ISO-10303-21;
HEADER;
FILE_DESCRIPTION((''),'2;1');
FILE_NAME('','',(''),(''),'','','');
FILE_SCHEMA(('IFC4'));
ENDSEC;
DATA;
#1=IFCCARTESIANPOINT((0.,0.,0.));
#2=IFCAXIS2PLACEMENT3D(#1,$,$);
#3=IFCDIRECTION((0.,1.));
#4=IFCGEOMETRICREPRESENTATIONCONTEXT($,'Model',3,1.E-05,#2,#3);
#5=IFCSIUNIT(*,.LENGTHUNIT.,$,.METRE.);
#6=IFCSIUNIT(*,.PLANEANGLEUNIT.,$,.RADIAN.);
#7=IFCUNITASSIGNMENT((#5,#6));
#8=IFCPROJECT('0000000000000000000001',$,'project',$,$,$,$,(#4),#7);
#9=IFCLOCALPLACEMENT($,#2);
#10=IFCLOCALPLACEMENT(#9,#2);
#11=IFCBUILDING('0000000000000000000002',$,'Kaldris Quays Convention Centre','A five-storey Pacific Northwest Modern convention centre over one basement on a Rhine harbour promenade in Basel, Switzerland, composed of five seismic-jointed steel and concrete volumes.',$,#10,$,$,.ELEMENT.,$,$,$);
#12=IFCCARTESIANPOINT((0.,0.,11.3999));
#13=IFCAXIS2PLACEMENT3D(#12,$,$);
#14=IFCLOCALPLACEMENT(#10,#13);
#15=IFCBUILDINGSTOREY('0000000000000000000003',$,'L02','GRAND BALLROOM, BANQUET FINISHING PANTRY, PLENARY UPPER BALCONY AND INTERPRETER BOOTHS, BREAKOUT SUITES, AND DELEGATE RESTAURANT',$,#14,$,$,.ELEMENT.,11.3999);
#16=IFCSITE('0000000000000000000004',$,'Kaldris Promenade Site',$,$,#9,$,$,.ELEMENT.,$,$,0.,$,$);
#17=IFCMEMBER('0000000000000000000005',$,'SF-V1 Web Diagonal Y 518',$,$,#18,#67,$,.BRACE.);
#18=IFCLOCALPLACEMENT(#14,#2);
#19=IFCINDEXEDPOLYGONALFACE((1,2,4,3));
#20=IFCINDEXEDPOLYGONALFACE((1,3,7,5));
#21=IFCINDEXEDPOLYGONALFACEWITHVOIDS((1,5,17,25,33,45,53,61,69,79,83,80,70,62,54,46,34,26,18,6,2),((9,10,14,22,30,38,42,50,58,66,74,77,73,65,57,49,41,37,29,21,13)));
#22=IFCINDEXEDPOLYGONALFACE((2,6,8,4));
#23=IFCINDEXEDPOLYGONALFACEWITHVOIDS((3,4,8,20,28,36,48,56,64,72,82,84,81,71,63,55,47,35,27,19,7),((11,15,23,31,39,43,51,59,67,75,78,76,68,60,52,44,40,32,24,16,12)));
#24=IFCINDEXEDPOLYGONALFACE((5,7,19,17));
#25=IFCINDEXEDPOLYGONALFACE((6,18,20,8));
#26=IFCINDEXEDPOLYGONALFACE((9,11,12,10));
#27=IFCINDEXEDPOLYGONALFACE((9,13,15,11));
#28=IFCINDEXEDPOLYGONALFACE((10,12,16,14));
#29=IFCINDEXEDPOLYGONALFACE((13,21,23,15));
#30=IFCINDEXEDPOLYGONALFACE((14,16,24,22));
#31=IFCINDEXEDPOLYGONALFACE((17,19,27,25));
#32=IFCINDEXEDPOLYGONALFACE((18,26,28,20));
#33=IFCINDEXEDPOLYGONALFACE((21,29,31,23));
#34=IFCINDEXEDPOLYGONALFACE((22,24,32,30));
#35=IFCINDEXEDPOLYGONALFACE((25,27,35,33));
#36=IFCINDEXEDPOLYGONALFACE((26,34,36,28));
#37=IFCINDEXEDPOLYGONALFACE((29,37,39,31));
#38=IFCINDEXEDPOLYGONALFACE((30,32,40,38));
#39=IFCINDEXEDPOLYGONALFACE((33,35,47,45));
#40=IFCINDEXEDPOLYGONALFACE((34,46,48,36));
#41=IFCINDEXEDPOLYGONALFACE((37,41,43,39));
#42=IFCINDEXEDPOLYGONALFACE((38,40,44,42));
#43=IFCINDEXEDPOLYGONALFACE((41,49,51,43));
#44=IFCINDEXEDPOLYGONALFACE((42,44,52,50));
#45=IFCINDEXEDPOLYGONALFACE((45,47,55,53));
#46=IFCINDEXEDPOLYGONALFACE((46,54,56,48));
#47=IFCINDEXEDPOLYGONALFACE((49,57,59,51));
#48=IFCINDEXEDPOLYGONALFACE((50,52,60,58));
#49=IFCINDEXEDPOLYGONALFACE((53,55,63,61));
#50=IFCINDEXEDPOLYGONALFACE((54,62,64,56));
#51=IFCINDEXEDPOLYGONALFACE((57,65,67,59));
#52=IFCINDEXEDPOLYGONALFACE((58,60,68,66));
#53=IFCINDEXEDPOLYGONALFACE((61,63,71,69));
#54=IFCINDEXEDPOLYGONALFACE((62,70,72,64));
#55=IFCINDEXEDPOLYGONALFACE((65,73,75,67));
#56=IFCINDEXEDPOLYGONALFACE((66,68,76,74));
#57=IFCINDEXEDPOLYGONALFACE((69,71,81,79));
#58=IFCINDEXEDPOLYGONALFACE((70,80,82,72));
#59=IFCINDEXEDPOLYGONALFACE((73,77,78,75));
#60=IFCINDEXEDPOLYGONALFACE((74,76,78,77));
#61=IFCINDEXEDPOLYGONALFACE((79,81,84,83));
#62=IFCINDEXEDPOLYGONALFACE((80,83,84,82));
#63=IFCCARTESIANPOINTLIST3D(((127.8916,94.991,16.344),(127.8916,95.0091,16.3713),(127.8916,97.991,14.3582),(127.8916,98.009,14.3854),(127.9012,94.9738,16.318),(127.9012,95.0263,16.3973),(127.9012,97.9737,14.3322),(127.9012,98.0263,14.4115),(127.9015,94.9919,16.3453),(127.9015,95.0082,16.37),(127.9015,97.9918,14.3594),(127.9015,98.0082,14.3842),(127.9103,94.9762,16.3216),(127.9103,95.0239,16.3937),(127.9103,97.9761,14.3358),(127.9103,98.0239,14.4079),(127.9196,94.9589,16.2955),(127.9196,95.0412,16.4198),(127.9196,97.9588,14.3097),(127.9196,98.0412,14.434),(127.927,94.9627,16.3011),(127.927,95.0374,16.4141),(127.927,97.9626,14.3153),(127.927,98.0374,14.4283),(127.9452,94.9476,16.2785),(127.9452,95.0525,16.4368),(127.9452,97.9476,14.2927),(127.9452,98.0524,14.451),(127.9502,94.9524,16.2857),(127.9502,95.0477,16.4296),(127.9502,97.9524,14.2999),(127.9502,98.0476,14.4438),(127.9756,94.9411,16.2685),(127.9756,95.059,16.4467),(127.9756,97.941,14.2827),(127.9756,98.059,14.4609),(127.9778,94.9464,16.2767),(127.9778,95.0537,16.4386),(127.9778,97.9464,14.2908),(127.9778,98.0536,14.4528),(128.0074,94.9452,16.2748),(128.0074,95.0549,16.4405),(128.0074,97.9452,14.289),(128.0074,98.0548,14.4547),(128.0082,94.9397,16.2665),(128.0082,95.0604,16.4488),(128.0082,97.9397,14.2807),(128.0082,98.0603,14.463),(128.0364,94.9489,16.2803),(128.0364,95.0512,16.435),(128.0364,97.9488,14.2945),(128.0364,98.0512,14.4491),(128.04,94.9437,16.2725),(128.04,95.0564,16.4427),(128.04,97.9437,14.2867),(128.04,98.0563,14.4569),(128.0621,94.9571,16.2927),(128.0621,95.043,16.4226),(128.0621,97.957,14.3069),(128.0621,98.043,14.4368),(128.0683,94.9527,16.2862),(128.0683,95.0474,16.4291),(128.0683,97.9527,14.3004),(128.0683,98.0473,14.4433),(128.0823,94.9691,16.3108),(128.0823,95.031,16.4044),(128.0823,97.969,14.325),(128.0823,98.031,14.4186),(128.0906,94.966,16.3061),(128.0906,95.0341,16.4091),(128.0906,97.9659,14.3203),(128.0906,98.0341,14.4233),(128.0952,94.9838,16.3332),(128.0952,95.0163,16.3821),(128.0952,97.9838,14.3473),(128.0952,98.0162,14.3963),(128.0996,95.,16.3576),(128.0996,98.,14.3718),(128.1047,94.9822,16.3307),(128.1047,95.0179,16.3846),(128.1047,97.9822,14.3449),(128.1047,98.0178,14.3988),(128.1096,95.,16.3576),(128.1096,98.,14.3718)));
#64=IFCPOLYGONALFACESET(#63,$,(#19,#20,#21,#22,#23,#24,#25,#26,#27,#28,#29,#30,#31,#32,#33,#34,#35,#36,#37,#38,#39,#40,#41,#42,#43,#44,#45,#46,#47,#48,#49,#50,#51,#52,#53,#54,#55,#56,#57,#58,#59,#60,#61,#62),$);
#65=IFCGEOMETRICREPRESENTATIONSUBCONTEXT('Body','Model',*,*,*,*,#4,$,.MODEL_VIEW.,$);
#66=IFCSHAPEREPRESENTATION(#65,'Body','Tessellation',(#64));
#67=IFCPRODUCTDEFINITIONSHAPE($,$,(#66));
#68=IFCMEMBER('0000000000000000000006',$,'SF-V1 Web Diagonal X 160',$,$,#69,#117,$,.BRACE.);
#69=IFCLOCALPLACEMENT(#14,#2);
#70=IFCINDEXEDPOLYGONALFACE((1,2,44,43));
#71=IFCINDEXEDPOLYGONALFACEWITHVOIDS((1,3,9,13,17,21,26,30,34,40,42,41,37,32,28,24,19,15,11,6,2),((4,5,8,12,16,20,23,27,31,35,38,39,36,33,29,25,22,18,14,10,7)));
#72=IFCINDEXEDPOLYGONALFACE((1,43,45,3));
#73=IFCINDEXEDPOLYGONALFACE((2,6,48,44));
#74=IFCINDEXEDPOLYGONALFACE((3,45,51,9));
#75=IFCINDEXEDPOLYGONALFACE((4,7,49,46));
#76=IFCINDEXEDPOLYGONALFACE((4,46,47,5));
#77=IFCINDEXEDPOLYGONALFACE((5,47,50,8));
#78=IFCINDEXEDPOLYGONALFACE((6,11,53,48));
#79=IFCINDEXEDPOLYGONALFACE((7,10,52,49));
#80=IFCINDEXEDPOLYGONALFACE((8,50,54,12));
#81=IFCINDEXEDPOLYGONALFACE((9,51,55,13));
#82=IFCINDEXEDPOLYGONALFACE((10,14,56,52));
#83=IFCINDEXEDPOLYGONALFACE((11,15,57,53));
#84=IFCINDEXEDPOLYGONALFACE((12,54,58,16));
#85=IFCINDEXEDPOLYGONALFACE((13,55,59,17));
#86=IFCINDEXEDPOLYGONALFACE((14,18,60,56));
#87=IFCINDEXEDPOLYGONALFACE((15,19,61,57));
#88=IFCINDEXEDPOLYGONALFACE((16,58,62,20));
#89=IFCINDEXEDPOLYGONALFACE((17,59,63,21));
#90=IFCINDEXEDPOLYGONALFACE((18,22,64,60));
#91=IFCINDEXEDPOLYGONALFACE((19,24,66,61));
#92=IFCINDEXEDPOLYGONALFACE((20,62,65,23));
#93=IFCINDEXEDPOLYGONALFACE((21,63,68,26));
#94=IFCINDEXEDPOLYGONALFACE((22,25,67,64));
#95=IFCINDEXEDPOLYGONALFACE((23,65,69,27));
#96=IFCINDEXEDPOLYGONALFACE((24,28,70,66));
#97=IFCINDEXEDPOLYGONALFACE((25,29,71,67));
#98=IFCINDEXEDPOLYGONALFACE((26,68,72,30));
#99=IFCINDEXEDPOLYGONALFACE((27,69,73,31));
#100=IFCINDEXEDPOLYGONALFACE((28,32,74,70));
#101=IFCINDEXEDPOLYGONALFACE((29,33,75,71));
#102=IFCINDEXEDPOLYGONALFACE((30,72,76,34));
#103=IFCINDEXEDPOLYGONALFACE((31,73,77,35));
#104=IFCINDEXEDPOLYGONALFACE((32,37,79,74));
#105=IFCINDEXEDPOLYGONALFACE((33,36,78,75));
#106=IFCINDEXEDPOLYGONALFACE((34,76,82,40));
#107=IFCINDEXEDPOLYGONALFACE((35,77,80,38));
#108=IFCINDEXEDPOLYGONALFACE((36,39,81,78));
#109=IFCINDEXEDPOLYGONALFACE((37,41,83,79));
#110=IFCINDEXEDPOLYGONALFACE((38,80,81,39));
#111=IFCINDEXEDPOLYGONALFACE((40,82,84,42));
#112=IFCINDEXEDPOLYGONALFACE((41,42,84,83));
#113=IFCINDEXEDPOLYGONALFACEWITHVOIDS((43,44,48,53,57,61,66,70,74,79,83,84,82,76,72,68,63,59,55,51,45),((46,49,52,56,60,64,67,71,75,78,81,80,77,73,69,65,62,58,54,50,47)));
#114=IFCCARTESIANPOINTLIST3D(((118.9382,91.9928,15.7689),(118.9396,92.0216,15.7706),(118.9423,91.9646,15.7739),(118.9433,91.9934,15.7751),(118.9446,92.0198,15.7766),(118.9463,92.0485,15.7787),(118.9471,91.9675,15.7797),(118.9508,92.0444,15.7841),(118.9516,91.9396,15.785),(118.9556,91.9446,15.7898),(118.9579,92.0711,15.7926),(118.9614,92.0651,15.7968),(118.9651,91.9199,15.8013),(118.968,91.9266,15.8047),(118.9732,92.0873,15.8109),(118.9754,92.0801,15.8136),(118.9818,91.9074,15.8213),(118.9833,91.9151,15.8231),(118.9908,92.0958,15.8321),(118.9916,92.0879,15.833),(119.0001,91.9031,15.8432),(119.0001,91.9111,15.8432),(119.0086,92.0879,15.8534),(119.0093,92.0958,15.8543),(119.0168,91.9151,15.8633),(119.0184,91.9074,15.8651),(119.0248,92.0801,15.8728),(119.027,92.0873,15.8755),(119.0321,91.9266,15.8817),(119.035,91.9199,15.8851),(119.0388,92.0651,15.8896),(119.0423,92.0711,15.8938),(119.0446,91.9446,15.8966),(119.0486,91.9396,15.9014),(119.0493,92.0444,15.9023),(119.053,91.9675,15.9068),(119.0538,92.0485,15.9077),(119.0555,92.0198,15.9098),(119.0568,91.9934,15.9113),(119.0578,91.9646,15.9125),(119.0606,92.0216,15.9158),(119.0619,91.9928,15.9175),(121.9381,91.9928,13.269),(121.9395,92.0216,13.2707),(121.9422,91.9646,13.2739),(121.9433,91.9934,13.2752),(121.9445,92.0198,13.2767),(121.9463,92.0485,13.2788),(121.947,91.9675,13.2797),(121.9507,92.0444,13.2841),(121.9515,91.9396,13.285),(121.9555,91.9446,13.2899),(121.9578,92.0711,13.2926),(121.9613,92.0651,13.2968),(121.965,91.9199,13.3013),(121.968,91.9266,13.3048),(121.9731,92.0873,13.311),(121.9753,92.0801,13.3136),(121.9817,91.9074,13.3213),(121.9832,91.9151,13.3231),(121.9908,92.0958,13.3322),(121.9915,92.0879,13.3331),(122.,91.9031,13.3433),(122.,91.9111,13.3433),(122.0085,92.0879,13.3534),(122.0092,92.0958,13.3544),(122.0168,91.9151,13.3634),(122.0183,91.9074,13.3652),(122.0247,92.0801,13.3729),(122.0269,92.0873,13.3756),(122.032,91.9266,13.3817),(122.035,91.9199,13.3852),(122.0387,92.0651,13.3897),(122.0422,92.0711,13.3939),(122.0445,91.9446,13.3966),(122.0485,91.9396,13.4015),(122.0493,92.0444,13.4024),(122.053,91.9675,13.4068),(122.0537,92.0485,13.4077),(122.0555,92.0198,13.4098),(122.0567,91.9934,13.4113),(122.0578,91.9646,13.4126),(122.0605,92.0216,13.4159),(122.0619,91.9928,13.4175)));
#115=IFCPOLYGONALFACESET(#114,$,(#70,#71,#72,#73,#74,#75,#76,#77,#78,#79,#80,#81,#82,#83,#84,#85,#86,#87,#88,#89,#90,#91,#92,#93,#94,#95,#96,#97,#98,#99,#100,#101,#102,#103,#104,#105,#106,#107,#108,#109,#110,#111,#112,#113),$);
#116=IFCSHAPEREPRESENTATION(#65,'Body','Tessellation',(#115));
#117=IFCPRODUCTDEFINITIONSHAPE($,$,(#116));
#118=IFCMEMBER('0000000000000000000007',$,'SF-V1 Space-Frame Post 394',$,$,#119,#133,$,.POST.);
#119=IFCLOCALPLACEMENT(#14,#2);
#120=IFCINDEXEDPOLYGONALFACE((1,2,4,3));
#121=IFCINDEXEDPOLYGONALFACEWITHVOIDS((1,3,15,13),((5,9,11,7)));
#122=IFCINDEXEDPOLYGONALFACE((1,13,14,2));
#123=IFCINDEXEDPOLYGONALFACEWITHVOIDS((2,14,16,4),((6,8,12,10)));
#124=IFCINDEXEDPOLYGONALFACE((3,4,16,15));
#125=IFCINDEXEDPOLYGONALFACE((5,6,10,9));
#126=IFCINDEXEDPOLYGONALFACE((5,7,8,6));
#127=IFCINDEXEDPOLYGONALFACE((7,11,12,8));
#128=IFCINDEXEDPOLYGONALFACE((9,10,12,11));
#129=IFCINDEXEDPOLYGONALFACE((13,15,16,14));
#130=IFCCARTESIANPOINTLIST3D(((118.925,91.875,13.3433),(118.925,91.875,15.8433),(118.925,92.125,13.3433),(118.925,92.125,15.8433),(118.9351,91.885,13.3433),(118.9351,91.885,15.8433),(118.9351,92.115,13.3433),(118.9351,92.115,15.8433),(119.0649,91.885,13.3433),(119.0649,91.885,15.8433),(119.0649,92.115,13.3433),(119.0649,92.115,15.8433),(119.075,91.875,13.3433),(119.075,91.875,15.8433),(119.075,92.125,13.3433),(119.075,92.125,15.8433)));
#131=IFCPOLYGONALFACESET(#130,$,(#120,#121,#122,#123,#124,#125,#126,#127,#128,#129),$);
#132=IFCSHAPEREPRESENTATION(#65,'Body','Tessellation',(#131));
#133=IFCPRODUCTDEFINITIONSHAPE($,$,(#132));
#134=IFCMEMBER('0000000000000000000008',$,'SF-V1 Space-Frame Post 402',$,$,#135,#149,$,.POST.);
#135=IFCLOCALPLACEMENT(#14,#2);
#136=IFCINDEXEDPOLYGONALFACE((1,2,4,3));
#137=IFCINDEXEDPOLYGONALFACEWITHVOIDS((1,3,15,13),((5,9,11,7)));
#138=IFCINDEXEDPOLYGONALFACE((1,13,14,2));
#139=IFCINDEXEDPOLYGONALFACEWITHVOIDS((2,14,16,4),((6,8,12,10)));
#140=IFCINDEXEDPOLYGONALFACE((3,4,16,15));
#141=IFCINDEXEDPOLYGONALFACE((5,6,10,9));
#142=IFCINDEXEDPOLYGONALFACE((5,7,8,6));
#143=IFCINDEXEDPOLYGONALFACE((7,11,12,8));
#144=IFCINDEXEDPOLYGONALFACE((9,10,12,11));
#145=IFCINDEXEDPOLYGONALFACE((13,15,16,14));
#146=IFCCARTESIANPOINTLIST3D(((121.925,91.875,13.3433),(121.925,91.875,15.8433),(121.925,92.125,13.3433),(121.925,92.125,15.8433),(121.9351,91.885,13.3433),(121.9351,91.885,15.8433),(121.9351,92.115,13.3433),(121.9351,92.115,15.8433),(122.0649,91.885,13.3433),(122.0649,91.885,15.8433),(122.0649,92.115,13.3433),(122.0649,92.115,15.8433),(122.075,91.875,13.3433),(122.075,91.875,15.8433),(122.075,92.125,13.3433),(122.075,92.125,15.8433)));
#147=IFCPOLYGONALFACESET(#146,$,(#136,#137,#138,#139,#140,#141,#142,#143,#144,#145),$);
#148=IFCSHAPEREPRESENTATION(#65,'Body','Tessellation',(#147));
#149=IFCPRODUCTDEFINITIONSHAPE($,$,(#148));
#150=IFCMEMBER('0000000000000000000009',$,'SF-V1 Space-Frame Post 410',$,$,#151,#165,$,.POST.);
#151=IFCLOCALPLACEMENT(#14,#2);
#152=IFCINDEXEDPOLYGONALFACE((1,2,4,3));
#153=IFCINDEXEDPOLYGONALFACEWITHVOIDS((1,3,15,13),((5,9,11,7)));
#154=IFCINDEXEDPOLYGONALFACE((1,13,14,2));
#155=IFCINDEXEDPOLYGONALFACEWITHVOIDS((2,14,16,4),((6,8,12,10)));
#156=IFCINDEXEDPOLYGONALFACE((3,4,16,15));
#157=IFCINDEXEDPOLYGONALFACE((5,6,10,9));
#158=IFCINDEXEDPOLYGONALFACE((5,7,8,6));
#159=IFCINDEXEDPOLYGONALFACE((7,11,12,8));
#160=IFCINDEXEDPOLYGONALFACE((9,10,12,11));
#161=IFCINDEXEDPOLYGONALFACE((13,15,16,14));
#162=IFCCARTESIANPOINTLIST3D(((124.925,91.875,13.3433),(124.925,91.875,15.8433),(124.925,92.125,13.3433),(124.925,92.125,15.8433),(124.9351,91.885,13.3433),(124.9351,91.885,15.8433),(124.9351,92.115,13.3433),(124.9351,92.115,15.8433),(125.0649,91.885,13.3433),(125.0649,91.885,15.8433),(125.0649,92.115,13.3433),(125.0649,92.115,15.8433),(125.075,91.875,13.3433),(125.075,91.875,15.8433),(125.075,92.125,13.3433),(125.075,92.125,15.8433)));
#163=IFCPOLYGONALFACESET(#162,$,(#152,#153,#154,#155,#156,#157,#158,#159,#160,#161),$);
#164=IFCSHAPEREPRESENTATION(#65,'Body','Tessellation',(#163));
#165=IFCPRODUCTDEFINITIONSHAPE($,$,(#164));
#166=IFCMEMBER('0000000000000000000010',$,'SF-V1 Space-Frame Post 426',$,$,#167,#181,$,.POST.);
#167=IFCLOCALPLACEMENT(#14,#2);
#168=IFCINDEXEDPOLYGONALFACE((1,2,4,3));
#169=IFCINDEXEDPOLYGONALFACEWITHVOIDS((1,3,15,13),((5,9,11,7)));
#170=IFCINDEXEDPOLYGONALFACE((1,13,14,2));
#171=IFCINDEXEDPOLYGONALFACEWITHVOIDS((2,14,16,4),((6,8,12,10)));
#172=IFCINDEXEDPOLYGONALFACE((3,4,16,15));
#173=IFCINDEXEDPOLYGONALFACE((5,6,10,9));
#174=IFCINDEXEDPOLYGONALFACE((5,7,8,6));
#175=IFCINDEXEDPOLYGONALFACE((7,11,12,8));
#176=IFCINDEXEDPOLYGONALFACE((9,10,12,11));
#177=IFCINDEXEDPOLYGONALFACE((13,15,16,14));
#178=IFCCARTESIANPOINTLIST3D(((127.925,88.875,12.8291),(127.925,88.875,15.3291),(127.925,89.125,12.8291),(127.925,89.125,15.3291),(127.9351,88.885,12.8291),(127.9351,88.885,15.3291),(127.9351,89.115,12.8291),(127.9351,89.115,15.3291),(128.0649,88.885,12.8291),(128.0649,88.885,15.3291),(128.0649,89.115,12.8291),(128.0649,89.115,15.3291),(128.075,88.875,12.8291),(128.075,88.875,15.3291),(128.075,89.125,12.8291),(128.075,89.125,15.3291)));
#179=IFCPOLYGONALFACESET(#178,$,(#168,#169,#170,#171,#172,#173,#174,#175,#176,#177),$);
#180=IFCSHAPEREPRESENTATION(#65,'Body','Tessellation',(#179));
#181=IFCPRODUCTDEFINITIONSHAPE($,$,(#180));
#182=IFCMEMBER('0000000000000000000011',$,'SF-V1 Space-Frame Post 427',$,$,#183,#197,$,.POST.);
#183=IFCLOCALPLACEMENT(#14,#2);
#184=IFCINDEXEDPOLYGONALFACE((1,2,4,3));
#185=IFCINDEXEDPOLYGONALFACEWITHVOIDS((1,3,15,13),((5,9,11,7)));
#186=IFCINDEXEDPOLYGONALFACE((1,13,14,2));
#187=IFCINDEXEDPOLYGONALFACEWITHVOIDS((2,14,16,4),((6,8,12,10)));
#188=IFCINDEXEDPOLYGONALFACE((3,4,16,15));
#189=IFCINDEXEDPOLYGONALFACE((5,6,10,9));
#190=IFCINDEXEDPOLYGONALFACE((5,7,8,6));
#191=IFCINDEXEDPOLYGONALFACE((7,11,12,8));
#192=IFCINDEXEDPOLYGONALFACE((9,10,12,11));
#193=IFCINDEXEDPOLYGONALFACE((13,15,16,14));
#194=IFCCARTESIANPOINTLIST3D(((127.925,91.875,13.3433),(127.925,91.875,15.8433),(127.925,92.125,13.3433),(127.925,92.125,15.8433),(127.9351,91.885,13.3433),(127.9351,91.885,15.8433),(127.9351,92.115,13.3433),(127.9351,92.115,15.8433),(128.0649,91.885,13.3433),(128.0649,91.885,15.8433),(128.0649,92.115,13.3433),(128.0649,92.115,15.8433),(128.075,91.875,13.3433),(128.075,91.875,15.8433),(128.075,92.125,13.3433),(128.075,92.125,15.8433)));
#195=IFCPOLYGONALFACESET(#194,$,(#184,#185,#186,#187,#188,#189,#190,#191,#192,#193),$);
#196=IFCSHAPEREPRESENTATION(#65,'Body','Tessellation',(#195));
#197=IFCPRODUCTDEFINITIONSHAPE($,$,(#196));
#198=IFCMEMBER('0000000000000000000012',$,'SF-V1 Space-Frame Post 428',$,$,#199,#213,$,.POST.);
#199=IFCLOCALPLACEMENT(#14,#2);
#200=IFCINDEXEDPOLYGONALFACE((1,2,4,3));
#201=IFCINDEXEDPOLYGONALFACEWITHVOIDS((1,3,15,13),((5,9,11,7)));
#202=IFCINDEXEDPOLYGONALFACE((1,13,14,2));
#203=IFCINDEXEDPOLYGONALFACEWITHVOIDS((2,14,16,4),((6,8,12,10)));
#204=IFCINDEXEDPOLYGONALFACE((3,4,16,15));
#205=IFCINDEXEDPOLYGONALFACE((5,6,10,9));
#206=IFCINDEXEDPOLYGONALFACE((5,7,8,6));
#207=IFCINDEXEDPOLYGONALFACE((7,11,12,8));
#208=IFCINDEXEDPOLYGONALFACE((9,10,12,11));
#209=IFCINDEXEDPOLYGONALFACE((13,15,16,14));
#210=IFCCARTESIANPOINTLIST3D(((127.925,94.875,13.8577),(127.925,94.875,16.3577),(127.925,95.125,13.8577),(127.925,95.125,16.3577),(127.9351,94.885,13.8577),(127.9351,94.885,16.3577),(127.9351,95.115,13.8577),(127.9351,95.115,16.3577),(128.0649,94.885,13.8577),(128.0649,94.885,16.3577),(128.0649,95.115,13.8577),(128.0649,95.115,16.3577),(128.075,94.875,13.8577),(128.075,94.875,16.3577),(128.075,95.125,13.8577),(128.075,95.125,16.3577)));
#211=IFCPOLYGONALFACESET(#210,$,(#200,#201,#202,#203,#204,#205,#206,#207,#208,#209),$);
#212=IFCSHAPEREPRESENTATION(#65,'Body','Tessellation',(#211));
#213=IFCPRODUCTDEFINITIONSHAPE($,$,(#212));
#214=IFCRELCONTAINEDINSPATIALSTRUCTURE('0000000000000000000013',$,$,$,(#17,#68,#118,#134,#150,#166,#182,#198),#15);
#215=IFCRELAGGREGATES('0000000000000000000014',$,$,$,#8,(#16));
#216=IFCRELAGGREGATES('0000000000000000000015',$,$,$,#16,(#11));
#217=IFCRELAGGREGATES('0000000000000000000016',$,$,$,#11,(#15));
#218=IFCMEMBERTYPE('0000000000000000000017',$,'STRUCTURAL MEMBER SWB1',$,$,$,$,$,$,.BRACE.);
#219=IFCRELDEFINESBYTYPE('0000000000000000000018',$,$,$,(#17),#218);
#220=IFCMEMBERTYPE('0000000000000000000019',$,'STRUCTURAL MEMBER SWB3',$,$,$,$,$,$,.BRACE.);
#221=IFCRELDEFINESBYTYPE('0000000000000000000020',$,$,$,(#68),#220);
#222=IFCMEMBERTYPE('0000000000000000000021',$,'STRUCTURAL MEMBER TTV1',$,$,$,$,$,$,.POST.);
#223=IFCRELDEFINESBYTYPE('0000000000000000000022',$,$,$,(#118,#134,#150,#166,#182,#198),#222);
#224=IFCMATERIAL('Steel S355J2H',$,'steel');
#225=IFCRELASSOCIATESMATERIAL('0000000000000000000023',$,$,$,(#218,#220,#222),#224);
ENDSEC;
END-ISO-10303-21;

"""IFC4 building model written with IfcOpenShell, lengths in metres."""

from ifc_helpers import new_model, si_unit, direction, frame, origin, origin_2d, place, context, subcontext, project, spatial, hollow_rectangle, hollow_circle, extrude, material, material_profile, profile_set, type_object, element, save


model = new_model("IFC4")

# Units and contexts
model_context = context("Model", 3, precision=1e-05, world=origin(), true_north=direction((0.0, 1.0)))
body_context = subcontext(model_context, "Body", "Model", "MODEL_VIEW")
ifc_project = project(units=[si_unit("LENGTHUNIT", "METRE"), si_unit("PLANEANGLEUNIT", "RADIAN")], contexts=[model_context])

# Site, building, storey
site_placement = place(None, origin())
site = spatial("IfcSite", under=ifc_project, at=site_placement, Name="Kaldris Promenade Site", CompositionType="ELEMENT", RefElevation=0.0)
building_placement = place(site_placement, origin())
building = spatial("IfcBuilding", under=site, at=building_placement, Name="Kaldris Quays Convention Centre", Description="A five-storey Pacific Northwest Modern convention centre over one basement on a Rhine harbour promenade in Basel, Switzerland, composed of five seismic-jointed steel and concrete volumes.", CompositionType="ELEMENT")
storey_placement = place(building_placement, frame((0.0, 0.0, 11.3999)))
storey = spatial("IfcBuildingStorey", under=building, at=storey_placement, Name="L02", Description="GRAND BALLROOM, BANQUET FINISHING PANTRY, PLENARY UPPER BALCONY AND INTERPRETER BOOTHS, BREAKOUT SUITES, AND DELEGATE RESTAURANT", CompositionType="ELEMENT", Elevation=11.3999)

# Members
ifc_material_1 = material(Name="Steel S355J2H", Category="steel")
ifc_material_profile_1 = material_profile(ifc_material_1, hollow_circle(Radius=0.1096, WallThickness=0.01, at=origin_2d()), Name="CHS 219.1x10")
ifc_profile_set_1 = profile_set([ifc_material_profile_1], Name="Steel S355J2H")
member_type_1 = type_object("IfcMemberType", Name="STRUCTURAL MEMBER SWB1", PredefinedType="BRACE", material=ifc_profile_set_1)
member_1_placement = place(storey_placement, frame((128.0, 98.0, 14.3718), z_axis=(0.0, -0.833862, 0.551972), x_axis=(1.0, 0.0, 0.0)))
element("IfcMember", 1, at=member_1_placement, inside=storey, type_object=member_type_1, Name="SF-V1 Web Diagonal Y 518", PredefinedType="BRACE", context=body_context, shape_type="SweptSolid", body=[
    extrude(hollow_circle(Radius=0.1096, WallThickness=0.01, at=origin_2d()), origin(), (0.0, 0.0, 1.0), 3.5977),
])
ifc_material_profile_2 = material_profile(ifc_material_1, hollow_circle(Radius=0.0969, WallThickness=0.0081, at=origin_2d()), Name="CHS 193.7x8")
ifc_profile_set_2 = profile_set([ifc_material_profile_2], Name="Steel S355J2H")
member_type_2 = type_object("IfcMemberType", Name="STRUCTURAL MEMBER SWB3", PredefinedType="BRACE", material=ifc_profile_set_2)
member_2_placement = place(storey_placement, frame((122.0, 92.0, 13.3433), z_axis=(-0.768221, 0.0, 0.640184), x_axis=(0.0, -1.0, 0.0)))
element("IfcMember", 2, at=member_2_placement, inside=storey, type_object=member_type_2, Name="SF-V1 Web Diagonal X 160", PredefinedType="BRACE", context=body_context, shape_type="SweptSolid", body=[
    extrude(hollow_circle(Radius=0.0969, WallThickness=0.0081, at=origin_2d()), origin(), (0.0, 0.0, 1.0), 3.905),
])
ifc_material_profile_3 = material_profile(ifc_material_1, hollow_rectangle(XDim=0.1499, YDim=0.25, WallThickness=0.01, at=origin_2d()), Name="RHS 250x150x10")
ifc_profile_set_3 = profile_set([ifc_material_profile_3], Name="Steel S355J2H")
member_type_3 = type_object("IfcMemberType", Name="STRUCTURAL MEMBER TTV1", PredefinedType="POST", material=ifc_profile_set_3)
for number, where, z_axis, x_axis, name in (
    (3, (119.0, 92.0, 13.3433), (0.0, 0.0, 1.0), (1.0, 0.0, 0.0), "SF-V1 Space-Frame Post 394"),
    (4, (122.0, 92.0, 13.3433), (0.0, 0.0, 1.0), (1.0, 0.0, 0.0), "SF-V1 Space-Frame Post 402"),
    (5, (125.0, 92.0, 13.3433), (0.0, 0.0, 1.0), (1.0, 0.0, 0.0), "SF-V1 Space-Frame Post 410"),
    (6, (128.0, 89.0, 12.8291), (0.0, 0.0, 1.0), (1.0, 0.0, 0.0), "SF-V1 Space-Frame Post 426"),
    (7, (128.0, 92.0, 13.3433), (0.0, 0.0, 1.0), (1.0, 0.0, 0.0), "SF-V1 Space-Frame Post 427"),
    (8, (128.0, 95.0, 13.8577), (0.0, 0.0, 1.0), (1.0, 0.0, 0.0), "SF-V1 Space-Frame Post 428"),
):
    element("IfcMember", number, at=place(storey_placement, frame(where, z_axis=z_axis, x_axis=x_axis)), inside=storey, type_object=member_type_3, Name=name, PredefinedType="POST", context=body_context, shape_type="SweptSolid", body=[
        extrude(hollow_rectangle(XDim=0.1499, YDim=0.25, WallThickness=0.01, at=origin_2d()), origin(), (0.0, 0.0, 1.0), 2.5),
    ])

save(model, "model.ifc")
